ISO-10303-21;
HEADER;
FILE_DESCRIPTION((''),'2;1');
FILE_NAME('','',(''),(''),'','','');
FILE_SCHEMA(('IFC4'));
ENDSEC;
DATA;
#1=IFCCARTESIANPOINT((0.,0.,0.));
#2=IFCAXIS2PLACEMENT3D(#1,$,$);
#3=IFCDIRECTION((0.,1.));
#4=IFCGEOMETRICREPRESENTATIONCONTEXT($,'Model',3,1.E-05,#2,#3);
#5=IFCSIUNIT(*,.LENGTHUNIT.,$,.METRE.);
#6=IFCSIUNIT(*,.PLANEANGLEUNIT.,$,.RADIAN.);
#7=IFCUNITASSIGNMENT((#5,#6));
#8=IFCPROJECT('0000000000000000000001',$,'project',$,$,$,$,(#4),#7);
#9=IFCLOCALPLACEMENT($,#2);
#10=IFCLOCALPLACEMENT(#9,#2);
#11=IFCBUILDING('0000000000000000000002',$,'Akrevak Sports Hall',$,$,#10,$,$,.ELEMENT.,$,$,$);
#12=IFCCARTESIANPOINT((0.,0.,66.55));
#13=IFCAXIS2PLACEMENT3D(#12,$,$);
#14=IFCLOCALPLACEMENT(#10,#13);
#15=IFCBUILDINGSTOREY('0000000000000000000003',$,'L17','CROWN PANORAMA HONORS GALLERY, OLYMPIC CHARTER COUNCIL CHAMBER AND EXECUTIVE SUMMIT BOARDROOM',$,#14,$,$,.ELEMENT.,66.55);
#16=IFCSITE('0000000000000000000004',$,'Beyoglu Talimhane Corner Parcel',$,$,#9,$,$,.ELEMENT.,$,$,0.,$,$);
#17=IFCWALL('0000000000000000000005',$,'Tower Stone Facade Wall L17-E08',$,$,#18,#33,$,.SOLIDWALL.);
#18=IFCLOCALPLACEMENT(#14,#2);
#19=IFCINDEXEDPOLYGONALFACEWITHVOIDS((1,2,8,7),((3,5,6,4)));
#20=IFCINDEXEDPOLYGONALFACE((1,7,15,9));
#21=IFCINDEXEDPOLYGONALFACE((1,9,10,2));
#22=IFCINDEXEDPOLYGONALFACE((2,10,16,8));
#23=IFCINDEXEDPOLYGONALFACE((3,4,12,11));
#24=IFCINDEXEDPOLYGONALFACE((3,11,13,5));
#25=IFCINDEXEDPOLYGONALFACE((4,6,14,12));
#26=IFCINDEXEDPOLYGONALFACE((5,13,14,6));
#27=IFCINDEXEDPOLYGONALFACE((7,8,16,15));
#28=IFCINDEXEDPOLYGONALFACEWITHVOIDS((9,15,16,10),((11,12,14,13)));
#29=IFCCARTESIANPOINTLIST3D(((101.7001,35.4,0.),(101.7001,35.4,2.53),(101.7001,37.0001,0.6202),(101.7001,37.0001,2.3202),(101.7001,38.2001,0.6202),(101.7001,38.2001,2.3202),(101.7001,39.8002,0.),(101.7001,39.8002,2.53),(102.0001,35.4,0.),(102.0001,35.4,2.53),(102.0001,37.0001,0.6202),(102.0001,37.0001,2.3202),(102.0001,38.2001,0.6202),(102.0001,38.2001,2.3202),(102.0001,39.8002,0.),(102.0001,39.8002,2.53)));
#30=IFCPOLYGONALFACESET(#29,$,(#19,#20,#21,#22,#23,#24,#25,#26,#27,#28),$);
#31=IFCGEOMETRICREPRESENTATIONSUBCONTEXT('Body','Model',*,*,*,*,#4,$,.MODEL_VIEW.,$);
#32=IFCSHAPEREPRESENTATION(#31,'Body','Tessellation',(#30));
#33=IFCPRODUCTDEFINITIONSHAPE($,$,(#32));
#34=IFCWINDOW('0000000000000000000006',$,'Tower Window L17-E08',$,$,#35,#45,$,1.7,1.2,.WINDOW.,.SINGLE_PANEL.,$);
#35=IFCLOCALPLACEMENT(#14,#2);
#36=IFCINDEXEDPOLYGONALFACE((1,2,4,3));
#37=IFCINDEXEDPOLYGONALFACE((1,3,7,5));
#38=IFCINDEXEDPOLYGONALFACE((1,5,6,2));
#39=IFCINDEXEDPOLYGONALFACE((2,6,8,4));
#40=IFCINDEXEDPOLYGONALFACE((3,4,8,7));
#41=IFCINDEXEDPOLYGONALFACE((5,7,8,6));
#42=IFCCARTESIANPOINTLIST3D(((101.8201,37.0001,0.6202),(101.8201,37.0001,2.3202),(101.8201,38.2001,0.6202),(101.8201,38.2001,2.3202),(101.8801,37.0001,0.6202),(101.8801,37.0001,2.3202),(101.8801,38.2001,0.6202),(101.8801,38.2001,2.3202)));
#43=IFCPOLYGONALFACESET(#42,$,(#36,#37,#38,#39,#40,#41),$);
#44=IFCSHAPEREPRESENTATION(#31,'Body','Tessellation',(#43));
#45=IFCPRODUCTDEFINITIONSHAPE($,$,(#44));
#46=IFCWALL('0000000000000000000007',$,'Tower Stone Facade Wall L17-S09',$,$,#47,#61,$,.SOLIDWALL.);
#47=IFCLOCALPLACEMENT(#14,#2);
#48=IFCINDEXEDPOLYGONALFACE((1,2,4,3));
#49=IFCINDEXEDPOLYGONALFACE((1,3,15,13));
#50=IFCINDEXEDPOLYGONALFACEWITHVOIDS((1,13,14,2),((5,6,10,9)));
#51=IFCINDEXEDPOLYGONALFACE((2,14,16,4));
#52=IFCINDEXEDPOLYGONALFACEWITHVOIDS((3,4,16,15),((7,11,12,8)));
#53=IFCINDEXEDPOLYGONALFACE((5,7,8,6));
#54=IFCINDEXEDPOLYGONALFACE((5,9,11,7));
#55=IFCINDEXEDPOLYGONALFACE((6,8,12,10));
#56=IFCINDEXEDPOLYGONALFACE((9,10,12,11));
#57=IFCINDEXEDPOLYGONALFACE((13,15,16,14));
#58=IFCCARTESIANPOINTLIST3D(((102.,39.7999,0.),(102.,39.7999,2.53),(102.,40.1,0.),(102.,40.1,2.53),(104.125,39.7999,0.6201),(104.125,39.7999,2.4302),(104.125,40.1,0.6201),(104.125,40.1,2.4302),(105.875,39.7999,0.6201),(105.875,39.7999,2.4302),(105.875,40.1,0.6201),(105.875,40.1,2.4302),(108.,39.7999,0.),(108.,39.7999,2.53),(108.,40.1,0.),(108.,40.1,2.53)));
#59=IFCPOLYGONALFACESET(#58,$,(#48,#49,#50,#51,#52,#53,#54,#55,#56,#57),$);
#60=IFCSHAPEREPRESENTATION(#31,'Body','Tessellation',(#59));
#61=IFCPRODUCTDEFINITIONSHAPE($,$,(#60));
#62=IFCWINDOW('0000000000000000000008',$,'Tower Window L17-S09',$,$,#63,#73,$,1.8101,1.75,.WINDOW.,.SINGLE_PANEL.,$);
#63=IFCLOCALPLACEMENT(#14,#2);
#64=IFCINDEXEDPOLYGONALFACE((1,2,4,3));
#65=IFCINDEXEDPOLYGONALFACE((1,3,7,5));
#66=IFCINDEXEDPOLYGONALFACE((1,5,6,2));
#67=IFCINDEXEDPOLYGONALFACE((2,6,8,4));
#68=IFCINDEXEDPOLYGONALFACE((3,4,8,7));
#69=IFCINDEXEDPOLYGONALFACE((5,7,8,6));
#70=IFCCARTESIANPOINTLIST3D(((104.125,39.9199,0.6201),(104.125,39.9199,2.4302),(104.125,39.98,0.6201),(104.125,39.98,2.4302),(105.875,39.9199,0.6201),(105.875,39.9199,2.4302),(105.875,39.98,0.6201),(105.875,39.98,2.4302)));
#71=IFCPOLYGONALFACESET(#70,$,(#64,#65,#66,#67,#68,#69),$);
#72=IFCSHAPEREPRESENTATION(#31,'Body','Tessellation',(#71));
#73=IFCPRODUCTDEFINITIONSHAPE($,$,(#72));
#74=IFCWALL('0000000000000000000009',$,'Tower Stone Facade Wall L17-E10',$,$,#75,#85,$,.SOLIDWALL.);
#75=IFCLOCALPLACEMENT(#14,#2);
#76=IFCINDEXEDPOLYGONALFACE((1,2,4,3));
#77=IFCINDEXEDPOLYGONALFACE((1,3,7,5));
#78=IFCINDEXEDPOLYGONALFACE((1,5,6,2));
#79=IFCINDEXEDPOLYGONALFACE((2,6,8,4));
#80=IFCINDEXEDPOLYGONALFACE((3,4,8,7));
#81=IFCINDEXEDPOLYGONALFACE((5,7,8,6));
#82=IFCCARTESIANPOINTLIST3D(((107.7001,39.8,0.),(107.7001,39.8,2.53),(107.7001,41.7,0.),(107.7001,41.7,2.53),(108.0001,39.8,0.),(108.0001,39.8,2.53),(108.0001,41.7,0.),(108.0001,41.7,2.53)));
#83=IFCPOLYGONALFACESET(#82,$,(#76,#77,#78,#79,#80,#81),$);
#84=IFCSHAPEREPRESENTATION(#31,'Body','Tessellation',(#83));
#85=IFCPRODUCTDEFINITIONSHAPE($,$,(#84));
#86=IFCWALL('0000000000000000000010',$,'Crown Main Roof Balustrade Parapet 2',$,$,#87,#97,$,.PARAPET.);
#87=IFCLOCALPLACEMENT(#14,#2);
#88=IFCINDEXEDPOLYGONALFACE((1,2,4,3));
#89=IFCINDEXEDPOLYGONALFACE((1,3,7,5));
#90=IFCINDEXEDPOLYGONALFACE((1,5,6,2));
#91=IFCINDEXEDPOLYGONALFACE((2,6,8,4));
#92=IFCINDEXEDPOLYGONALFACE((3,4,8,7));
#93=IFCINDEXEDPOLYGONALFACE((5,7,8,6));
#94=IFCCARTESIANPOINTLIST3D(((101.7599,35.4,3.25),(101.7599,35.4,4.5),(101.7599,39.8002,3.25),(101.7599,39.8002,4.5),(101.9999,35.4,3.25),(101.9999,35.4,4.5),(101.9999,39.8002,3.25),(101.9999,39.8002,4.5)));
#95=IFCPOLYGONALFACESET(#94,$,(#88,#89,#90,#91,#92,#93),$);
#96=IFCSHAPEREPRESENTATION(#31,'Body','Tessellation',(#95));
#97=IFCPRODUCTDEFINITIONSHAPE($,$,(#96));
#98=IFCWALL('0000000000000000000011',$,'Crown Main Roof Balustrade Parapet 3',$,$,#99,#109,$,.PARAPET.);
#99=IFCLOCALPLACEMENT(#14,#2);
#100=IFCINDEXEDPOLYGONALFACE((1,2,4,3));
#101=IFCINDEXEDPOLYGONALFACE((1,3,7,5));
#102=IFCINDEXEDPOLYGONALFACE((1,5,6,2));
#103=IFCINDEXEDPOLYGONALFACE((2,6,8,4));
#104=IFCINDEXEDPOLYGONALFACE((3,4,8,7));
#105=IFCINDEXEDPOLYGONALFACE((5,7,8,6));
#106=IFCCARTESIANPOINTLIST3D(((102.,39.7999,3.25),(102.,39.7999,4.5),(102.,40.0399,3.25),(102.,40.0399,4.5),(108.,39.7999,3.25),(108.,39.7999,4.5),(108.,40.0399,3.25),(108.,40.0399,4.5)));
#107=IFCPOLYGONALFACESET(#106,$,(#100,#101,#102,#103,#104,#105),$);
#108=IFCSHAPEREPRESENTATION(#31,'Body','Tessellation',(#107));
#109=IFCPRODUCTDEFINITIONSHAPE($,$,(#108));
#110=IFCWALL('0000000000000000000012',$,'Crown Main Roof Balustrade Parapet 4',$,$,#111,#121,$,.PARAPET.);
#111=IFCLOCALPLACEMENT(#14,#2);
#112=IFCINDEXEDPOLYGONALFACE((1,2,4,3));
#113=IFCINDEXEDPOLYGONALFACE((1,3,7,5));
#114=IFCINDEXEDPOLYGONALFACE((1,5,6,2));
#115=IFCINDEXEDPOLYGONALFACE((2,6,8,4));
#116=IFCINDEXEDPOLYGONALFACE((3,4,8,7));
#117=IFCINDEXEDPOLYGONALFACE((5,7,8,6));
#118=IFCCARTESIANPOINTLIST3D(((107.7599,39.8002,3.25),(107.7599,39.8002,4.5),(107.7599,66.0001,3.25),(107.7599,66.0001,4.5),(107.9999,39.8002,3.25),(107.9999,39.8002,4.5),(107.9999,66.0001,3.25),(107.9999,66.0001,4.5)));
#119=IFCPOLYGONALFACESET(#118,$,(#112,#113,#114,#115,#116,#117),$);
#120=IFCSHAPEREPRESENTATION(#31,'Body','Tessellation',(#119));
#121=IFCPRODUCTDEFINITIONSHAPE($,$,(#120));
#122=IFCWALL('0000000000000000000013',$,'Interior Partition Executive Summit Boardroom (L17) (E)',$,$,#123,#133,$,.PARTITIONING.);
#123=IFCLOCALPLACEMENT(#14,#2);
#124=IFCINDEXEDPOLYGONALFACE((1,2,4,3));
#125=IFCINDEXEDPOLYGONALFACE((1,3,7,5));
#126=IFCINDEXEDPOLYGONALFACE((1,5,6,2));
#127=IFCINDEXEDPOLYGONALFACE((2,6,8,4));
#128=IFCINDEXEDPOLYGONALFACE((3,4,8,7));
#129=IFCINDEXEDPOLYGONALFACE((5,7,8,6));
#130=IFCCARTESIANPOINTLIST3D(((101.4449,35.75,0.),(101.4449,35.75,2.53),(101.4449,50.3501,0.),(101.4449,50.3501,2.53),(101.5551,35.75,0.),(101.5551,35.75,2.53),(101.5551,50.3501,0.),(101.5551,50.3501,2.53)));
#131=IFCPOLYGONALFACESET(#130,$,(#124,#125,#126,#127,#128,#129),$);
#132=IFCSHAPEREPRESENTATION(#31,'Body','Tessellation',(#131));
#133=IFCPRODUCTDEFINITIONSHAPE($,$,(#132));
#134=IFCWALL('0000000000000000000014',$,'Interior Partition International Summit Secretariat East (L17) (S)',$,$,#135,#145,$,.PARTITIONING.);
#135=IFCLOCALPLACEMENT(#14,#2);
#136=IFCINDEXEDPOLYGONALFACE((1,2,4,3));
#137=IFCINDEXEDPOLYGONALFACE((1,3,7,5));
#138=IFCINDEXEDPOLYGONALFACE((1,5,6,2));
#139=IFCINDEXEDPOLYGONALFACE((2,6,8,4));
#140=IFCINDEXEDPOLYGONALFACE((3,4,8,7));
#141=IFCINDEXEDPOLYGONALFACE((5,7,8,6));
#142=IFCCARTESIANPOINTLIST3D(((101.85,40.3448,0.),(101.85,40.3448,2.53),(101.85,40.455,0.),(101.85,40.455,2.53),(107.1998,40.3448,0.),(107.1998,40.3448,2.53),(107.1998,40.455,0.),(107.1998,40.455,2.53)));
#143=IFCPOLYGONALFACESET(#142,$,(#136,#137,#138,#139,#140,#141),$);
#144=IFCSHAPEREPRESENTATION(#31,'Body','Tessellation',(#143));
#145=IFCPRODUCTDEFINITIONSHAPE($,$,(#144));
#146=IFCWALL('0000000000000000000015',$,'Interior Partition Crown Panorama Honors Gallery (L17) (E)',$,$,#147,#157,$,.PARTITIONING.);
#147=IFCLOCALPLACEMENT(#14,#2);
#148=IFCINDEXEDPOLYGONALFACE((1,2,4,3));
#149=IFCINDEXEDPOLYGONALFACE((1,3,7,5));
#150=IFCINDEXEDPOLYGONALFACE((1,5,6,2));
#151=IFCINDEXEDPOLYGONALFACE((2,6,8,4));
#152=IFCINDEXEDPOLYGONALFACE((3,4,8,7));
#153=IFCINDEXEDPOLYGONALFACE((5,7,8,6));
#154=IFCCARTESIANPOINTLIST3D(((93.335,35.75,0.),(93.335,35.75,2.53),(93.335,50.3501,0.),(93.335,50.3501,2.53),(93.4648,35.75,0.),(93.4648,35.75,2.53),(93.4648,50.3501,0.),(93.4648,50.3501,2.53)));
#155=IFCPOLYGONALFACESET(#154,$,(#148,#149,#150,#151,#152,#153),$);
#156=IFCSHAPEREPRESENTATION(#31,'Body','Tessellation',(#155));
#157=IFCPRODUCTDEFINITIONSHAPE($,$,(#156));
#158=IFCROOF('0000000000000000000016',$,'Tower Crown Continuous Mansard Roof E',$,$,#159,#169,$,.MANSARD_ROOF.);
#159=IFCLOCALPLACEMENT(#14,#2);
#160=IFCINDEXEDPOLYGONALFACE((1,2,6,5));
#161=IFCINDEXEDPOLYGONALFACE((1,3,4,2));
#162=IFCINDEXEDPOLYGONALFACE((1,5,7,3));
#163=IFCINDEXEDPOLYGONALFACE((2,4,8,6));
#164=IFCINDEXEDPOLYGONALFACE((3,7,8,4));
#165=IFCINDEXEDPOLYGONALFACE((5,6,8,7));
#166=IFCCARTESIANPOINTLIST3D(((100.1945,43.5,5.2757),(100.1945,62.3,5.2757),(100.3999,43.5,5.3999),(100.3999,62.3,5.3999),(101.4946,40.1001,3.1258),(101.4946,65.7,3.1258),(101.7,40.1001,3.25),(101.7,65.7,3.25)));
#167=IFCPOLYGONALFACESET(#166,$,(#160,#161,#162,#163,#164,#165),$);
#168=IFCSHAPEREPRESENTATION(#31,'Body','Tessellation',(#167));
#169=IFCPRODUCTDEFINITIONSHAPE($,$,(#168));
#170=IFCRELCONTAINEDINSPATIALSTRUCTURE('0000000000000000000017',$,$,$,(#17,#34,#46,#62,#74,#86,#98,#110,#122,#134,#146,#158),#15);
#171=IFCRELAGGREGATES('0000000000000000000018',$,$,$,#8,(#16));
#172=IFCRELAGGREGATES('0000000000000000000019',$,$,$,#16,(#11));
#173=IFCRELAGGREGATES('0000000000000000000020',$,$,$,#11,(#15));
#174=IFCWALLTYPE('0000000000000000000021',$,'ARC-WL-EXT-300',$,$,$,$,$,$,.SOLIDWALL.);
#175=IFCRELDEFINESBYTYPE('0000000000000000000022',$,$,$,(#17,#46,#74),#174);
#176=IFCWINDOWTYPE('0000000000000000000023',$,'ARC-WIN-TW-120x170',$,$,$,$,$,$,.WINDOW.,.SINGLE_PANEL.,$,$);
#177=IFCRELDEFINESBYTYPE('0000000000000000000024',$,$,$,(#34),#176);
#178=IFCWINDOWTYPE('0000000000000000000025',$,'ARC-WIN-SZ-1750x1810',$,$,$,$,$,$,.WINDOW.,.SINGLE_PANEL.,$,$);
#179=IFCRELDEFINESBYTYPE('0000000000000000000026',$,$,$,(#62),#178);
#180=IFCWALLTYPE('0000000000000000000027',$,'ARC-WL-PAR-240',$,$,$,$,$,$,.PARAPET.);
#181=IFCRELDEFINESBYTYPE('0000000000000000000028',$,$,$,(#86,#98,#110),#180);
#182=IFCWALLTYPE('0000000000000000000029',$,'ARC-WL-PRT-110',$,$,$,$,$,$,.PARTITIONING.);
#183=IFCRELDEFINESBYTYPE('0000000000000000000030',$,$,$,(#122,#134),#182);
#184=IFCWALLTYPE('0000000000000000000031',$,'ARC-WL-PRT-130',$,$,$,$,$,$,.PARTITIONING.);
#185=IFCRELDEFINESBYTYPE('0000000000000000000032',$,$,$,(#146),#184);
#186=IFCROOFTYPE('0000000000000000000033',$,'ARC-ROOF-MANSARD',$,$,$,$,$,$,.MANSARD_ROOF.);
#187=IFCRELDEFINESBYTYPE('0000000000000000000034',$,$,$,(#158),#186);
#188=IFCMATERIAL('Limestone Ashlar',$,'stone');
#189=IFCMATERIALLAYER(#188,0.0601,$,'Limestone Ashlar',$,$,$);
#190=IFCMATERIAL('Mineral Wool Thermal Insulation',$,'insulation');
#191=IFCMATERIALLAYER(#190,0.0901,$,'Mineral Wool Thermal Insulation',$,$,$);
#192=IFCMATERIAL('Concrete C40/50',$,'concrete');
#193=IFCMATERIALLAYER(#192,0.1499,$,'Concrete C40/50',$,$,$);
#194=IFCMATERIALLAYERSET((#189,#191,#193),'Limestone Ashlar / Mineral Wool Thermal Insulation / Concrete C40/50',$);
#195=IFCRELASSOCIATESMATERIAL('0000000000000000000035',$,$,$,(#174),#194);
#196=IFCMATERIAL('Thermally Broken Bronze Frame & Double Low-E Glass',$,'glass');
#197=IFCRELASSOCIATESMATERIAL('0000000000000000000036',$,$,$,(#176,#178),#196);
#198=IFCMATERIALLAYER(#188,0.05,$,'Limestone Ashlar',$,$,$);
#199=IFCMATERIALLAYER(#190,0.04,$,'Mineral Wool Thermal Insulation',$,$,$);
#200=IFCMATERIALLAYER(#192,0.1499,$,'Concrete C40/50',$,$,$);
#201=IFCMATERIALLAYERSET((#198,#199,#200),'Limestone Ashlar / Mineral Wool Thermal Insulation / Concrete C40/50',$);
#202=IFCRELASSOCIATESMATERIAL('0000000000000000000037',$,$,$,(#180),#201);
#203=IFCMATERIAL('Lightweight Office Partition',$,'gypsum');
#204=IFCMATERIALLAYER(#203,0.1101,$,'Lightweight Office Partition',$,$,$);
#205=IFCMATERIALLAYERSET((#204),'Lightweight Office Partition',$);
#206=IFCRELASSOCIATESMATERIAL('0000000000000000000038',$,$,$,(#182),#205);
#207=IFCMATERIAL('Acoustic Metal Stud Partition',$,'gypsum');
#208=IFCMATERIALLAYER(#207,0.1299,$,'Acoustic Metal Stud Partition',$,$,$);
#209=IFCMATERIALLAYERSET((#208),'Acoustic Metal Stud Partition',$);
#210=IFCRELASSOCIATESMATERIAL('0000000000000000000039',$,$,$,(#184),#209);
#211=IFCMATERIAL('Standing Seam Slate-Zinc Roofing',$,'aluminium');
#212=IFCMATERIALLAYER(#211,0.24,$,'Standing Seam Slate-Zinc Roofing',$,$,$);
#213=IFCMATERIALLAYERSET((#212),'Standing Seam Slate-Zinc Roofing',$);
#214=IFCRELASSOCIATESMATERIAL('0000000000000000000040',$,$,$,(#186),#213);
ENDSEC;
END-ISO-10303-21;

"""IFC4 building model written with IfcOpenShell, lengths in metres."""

from ifc_helpers import new_model, si_unit, direction, frame, frame_2d, origin, place, context, subcontext, project, spatial, polyline, rectangle, outline, extrude, material, layer, layer_set, type_object, element, fill, save


model = new_model("IFC4")

# Units and contexts
model_context = context("Model", 3, precision=1e-05, world=origin(), true_north=direction((0.0, 1.0)))
body_context = subcontext(model_context, "Body", "Model", "MODEL_VIEW")
ifc_project = project(units=[si_unit("LENGTHUNIT", "METRE"), si_unit("PLANEANGLEUNIT", "RADIAN")], contexts=[model_context])

# Site, building, storey
site_placement = place(None, origin())
site = spatial("IfcSite", under=ifc_project, at=site_placement, Name="Beyoglu Talimhane Corner Parcel", CompositionType="ELEMENT", RefElevation=0.0)
building_placement = place(site_placement, origin())
building = spatial("IfcBuilding", under=site, at=building_placement, Name="Akrevak Sports Hall", CompositionType="ELEMENT")
storey_placement = place(building_placement, frame((0.0, 0.0, 66.55)))
storey = spatial("IfcBuildingStorey", under=building, at=storey_placement, Name="L17", Description="CROWN PANORAMA HONORS GALLERY, OLYMPIC CHARTER COUNCIL CHAMBER AND EXECUTIVE SUMMIT BOARDROOM", CompositionType="ELEMENT", Elevation=66.55)

# Shared definitions
ifc_material_1 = material(Name="Concrete C40/50", Category="concrete")

# Shared definitions
ifc_material_2 = material(Name="Limestone Ashlar", Category="stone")
ifc_layer_1 = layer(ifc_material_2, 0.0601, Name="Limestone Ashlar")
ifc_material_3 = material(Name="Mineral Wool Thermal Insulation", Category="insulation")
ifc_layer_2 = layer(ifc_material_3, 0.0901, Name="Mineral Wool Thermal Insulation")
ifc_layer_3 = layer(ifc_material_1, 0.1499, Name="Concrete C40/50")
ifc_layer_set_1 = layer_set([ifc_layer_1, ifc_layer_2, ifc_layer_3], Name="Limestone Ashlar / Mineral Wool Thermal Insulation / Concrete C40/50")
wall_type_1 = type_object("IfcWallType", Name="ARC-WL-EXT-300", PredefinedType="SOLIDWALL", material=ifc_layer_set_1)
ifc_material_4 = material(Name="Thermally Broken Bronze Frame & Double Low-E Glass", Category="glass")

# Walls, openings, windows
wall_1_placement = place(storey_placement, frame((101.8501, 35.3999, 0.0), z_axis=(0.0, 0.0, 1.0), x_axis=(0.0, 1.0, 0.0)))
wall_1 = element("IfcWall", 1, at=wall_1_placement, inside=storey, type_object=wall_type_1, Name="Tower Stone Facade Wall L17-E08", PredefinedType="SOLIDWALL", context=body_context, shape_type="SweptSolid", body=[
    extrude(rectangle(XDim=4.4001, YDim=0.3, at=frame_2d((2.2002, 0.0))), origin(), (0.0, 0.0, 1.0), 2.53),
])
opening_1_placement = place(wall_1_placement, frame((1.6001, 0.0, 0.6201)))
opening_1 = element("IfcOpeningElement", 2, at=opening_1_placement, cuts=wall_1, PredefinedType="OPENING", context=body_context, shape_type="SweptSolid", body=[
    extrude(rectangle(XDim=1.2, YDim=1.7, at=frame_2d((0.6001, 0.8501))), frame((0.0, 0.1621, 0.0), z_axis=(0.0, -1.0, 0.0), x_axis=(1.0, 0.0, 0.0)), (0.0, 0.0, 1.0), 0.324),
])
window_type_1 = type_object("IfcWindowType", Name="ARC-WIN-TW-120x170", PartitioningType="SINGLE_PANEL", PredefinedType="WINDOW", material=ifc_material_4)
window_1_placement = place(opening_1_placement, origin())
window_1 = element("IfcWindow", 3, at=window_1_placement, inside=storey, type_object=window_type_1, Name="Tower Window L17-E08", OverallHeight=1.7, OverallWidth=1.2, PartitioningType="SINGLE_PANEL", PredefinedType="WINDOW", context=body_context, shape_type="SweptSolid", body=[
    extrude(rectangle(XDim=1.2, YDim=1.7, at=frame_2d((0.6001, 0.8501))), frame((0.0, 0.03, 0.0), z_axis=(0.0, -1.0, 0.0), x_axis=(1.0, 0.0, 0.0)), (0.0, 0.0, 1.0), 0.0601),
])
fill(opening_1, window_1)
wall_2_placement = place(storey_placement, frame((102.0, 39.95, 0.0), z_axis=(0.0, 0.0, 1.0), x_axis=(1.0, 0.0, 0.0)))
wall_2 = element("IfcWall", 4, at=wall_2_placement, inside=storey, type_object=wall_type_1, Name="Tower Stone Facade Wall L17-S09", PredefinedType="SOLIDWALL", context=body_context, shape_type="SweptSolid", body=[
    extrude(rectangle(XDim=6.0, YDim=0.3, at=frame_2d((3.0, 0.0))), origin(), (0.0, 0.0, 1.0), 2.53),
])
opening_2_placement = place(wall_2_placement, frame((2.125, 0.0, 0.6201)))
opening_2 = element("IfcOpeningElement", 5, at=opening_2_placement, cuts=wall_2, PredefinedType="OPENING", context=body_context, shape_type="SweptSolid", body=[
    extrude(rectangle(XDim=1.75, YDim=1.8101, at=frame_2d((0.875, 0.905))), frame((0.0, 0.1621, 0.0), z_axis=(0.0, -1.0, 0.0), x_axis=(1.0, 0.0, 0.0)), (0.0, 0.0, 1.0), 0.324),
])
window_type_2 = type_object("IfcWindowType", Name="ARC-WIN-SZ-1750x1810", PartitioningType="SINGLE_PANEL", PredefinedType="WINDOW", material=ifc_material_4)
window_2_placement = place(opening_2_placement, origin())
window_2 = element("IfcWindow", 6, at=window_2_placement, inside=storey, type_object=window_type_2, Name="Tower Window L17-S09", OverallHeight=1.8101, OverallWidth=1.75, PartitioningType="SINGLE_PANEL", PredefinedType="WINDOW", context=body_context, shape_type="SweptSolid", body=[
    extrude(rectangle(XDim=1.75, YDim=1.8101, at=frame_2d((0.875, 0.905))), frame((0.0, 0.03, 0.0), z_axis=(0.0, -1.0, 0.0), x_axis=(1.0, 0.0, 0.0)), (0.0, 0.0, 1.0), 0.0601),
])
fill(opening_2, window_2)

# Walls
wall_3_placement = place(storey_placement, frame((107.8501, 39.8, 0.0), z_axis=(0.0, 0.0, 1.0), x_axis=(0.0, 1.0, 0.0)))
element("IfcWall", 7, at=wall_3_placement, inside=storey, type_object=wall_type_1, Name="Tower Stone Facade Wall L17-E10", PredefinedType="SOLIDWALL", context=body_context, shape_type="SweptSolid", body=[
    extrude(rectangle(XDim=1.8999, YDim=0.3, at=frame_2d((0.95, 0.0))), origin(), (0.0, 0.0, 1.0), 2.53),
])
ifc_layer_4 = layer(ifc_material_2, 0.05, Name="Limestone Ashlar")
ifc_layer_5 = layer(ifc_material_3, 0.04, Name="Mineral Wool Thermal Insulation")
ifc_layer_6 = layer(ifc_material_1, 0.1499, Name="Concrete C40/50")
ifc_layer_set_2 = layer_set([ifc_layer_4, ifc_layer_5, ifc_layer_6], Name="Limestone Ashlar / Mineral Wool Thermal Insulation / Concrete C40/50")
wall_type_2 = type_object("IfcWallType", Name="ARC-WL-PAR-240", PredefinedType="PARAPET", material=ifc_layer_set_2)
wall_4_placement = place(storey_placement, frame((101.8799, 35.3999, 3.25), z_axis=(0.0, 0.0, 1.0), x_axis=(0.0, 1.0, 0.0)))
element("IfcWall", 8, at=wall_4_placement, inside=storey, type_object=wall_type_2, Name="Crown Main Roof Balustrade Parapet 2", PredefinedType="PARAPET", context=body_context, shape_type="SweptSolid", body=[
    extrude(rectangle(XDim=4.4001, YDim=0.24, at=frame_2d((2.2002, 0.0))), origin(), (0.0, 0.0, 1.0), 1.25),
])
wall_5_placement = place(storey_placement, frame((102.0, 39.9199, 3.25), z_axis=(0.0, 0.0, 1.0), x_axis=(1.0, 0.0, 0.0)))
element("IfcWall", 9, at=wall_5_placement, inside=storey, type_object=wall_type_2, Name="Crown Main Roof Balustrade Parapet 3", PredefinedType="PARAPET", context=body_context, shape_type="SweptSolid", body=[
    extrude(rectangle(XDim=6.0, YDim=0.24, at=frame_2d((3.0, 0.0))), origin(), (0.0, 0.0, 1.0), 1.25),
])
wall_6_placement = place(storey_placement, frame((107.8799, 39.8, 3.25), z_axis=(0.0, 0.0, 1.0), x_axis=(0.0, 1.0, 0.0)))
element("IfcWall", 10, at=wall_6_placement, inside=storey, type_object=wall_type_2, Name="Crown Main Roof Balustrade Parapet 4", PredefinedType="PARAPET", context=body_context, shape_type="SweptSolid", body=[
    extrude(rectangle(XDim=26.2, YDim=0.24, at=frame_2d((13.1001, 0.0))), origin(), (0.0, 0.0, 1.0), 1.25),
])
ifc_material_5 = material(Name="Lightweight Office Partition", Category="gypsum")
ifc_layer_7 = layer(ifc_material_5, 0.1101, Name="Lightweight Office Partition")
ifc_layer_set_3 = layer_set([ifc_layer_7], Name="Lightweight Office Partition")
wall_type_3 = type_object("IfcWallType", Name="ARC-WL-PRT-110", PredefinedType="PARTITIONING", material=ifc_layer_set_3)
wall_7_placement = place(storey_placement, frame((101.5, 35.75, 0.0), z_axis=(0.0, 0.0, 1.0), x_axis=(0.0, 1.0, 0.0)))
element("IfcWall", 11, at=wall_7_placement, inside=storey, type_object=wall_type_3, Name="Interior Partition Executive Summit Boardroom (L17) (E)", PredefinedType="PARTITIONING", context=body_context, shape_type="SweptSolid", body=[
    extrude(rectangle(XDim=14.6001, YDim=0.1101, at=frame_2d((7.3, 0.0))), origin(), (0.0, 0.0, 1.0), 2.53),
])
wall_8_placement = place(storey_placement, frame((101.8501, 40.3999, 0.0), z_axis=(0.0, 0.0, 1.0), x_axis=(1.0, 0.0, 0.0)))
element("IfcWall", 12, at=wall_8_placement, inside=storey, type_object=wall_type_3, Name="Interior Partition International Summit Secretariat East (L17) (S)", PredefinedType="PARTITIONING", context=body_context, shape_type="SweptSolid", body=[
    extrude(rectangle(XDim=5.3499, YDim=0.1101, at=frame_2d((2.6748, 0.0))), origin(), (0.0, 0.0, 1.0), 2.53),
])
ifc_material_6 = material(Name="Acoustic Metal Stud Partition", Category="gypsum")
ifc_layer_8 = layer(ifc_material_6, 0.1299, Name="Acoustic Metal Stud Partition")
ifc_layer_set_4 = layer_set([ifc_layer_8], Name="Acoustic Metal Stud Partition")
wall_type_4 = type_object("IfcWallType", Name="ARC-WL-PRT-130", PredefinedType="PARTITIONING", material=ifc_layer_set_4)
wall_9_placement = place(storey_placement, frame((93.3999, 35.75, 0.0), z_axis=(0.0, 0.0, 1.0), x_axis=(0.0, 1.0, 0.0)))
element("IfcWall", 13, at=wall_9_placement, inside=storey, type_object=wall_type_4, Name="Interior Partition Crown Panorama Honors Gallery (L17) (E)", PredefinedType="PARTITIONING", context=body_context, shape_type="SweptSolid", body=[
    extrude(rectangle(XDim=14.6001, YDim=0.1299, at=frame_2d((7.3, 0.0))), origin(), (0.0, 0.0, 1.0), 2.53),
])

# Roof
ifc_material_7 = material(Name="Standing Seam Slate-Zinc Roofing", Category="aluminium")
ifc_layer_9 = layer(ifc_material_7, 0.24, Name="Standing Seam Slate-Zinc Roofing")
ifc_layer_set_5 = layer_set([ifc_layer_9], Name="Standing Seam Slate-Zinc Roofing")
roof_type = type_object("IfcRoofType", Name="ARC-ROOF-MANSARD", PredefinedType="MANSARD_ROOF", material=ifc_layer_set_5)
roof_1_placement = place(storey_placement, frame((101.7, 40.1001, 3.25), z_axis=(0.855713, 0.0, 0.517451), x_axis=(0.0, 1.0, 0.0)))
element("IfcRoof", 14, at=roof_1_placement, inside=storey, type_object=roof_type, Name="Tower Crown Continuous Mansard Roof E", PredefinedType="MANSARD_ROOF", context=body_context, shape_type="SweptSolid", body=[
    extrude(outline(polyline([(0.0, 0.0), (25.5999, 0.0), (22.2, 2.5124), (3.3999, 2.5124), (0.0, 0.0)])), origin(), (0.0, 0.0, -1.0), 0.24),
])

save(model, "model.ifc")
